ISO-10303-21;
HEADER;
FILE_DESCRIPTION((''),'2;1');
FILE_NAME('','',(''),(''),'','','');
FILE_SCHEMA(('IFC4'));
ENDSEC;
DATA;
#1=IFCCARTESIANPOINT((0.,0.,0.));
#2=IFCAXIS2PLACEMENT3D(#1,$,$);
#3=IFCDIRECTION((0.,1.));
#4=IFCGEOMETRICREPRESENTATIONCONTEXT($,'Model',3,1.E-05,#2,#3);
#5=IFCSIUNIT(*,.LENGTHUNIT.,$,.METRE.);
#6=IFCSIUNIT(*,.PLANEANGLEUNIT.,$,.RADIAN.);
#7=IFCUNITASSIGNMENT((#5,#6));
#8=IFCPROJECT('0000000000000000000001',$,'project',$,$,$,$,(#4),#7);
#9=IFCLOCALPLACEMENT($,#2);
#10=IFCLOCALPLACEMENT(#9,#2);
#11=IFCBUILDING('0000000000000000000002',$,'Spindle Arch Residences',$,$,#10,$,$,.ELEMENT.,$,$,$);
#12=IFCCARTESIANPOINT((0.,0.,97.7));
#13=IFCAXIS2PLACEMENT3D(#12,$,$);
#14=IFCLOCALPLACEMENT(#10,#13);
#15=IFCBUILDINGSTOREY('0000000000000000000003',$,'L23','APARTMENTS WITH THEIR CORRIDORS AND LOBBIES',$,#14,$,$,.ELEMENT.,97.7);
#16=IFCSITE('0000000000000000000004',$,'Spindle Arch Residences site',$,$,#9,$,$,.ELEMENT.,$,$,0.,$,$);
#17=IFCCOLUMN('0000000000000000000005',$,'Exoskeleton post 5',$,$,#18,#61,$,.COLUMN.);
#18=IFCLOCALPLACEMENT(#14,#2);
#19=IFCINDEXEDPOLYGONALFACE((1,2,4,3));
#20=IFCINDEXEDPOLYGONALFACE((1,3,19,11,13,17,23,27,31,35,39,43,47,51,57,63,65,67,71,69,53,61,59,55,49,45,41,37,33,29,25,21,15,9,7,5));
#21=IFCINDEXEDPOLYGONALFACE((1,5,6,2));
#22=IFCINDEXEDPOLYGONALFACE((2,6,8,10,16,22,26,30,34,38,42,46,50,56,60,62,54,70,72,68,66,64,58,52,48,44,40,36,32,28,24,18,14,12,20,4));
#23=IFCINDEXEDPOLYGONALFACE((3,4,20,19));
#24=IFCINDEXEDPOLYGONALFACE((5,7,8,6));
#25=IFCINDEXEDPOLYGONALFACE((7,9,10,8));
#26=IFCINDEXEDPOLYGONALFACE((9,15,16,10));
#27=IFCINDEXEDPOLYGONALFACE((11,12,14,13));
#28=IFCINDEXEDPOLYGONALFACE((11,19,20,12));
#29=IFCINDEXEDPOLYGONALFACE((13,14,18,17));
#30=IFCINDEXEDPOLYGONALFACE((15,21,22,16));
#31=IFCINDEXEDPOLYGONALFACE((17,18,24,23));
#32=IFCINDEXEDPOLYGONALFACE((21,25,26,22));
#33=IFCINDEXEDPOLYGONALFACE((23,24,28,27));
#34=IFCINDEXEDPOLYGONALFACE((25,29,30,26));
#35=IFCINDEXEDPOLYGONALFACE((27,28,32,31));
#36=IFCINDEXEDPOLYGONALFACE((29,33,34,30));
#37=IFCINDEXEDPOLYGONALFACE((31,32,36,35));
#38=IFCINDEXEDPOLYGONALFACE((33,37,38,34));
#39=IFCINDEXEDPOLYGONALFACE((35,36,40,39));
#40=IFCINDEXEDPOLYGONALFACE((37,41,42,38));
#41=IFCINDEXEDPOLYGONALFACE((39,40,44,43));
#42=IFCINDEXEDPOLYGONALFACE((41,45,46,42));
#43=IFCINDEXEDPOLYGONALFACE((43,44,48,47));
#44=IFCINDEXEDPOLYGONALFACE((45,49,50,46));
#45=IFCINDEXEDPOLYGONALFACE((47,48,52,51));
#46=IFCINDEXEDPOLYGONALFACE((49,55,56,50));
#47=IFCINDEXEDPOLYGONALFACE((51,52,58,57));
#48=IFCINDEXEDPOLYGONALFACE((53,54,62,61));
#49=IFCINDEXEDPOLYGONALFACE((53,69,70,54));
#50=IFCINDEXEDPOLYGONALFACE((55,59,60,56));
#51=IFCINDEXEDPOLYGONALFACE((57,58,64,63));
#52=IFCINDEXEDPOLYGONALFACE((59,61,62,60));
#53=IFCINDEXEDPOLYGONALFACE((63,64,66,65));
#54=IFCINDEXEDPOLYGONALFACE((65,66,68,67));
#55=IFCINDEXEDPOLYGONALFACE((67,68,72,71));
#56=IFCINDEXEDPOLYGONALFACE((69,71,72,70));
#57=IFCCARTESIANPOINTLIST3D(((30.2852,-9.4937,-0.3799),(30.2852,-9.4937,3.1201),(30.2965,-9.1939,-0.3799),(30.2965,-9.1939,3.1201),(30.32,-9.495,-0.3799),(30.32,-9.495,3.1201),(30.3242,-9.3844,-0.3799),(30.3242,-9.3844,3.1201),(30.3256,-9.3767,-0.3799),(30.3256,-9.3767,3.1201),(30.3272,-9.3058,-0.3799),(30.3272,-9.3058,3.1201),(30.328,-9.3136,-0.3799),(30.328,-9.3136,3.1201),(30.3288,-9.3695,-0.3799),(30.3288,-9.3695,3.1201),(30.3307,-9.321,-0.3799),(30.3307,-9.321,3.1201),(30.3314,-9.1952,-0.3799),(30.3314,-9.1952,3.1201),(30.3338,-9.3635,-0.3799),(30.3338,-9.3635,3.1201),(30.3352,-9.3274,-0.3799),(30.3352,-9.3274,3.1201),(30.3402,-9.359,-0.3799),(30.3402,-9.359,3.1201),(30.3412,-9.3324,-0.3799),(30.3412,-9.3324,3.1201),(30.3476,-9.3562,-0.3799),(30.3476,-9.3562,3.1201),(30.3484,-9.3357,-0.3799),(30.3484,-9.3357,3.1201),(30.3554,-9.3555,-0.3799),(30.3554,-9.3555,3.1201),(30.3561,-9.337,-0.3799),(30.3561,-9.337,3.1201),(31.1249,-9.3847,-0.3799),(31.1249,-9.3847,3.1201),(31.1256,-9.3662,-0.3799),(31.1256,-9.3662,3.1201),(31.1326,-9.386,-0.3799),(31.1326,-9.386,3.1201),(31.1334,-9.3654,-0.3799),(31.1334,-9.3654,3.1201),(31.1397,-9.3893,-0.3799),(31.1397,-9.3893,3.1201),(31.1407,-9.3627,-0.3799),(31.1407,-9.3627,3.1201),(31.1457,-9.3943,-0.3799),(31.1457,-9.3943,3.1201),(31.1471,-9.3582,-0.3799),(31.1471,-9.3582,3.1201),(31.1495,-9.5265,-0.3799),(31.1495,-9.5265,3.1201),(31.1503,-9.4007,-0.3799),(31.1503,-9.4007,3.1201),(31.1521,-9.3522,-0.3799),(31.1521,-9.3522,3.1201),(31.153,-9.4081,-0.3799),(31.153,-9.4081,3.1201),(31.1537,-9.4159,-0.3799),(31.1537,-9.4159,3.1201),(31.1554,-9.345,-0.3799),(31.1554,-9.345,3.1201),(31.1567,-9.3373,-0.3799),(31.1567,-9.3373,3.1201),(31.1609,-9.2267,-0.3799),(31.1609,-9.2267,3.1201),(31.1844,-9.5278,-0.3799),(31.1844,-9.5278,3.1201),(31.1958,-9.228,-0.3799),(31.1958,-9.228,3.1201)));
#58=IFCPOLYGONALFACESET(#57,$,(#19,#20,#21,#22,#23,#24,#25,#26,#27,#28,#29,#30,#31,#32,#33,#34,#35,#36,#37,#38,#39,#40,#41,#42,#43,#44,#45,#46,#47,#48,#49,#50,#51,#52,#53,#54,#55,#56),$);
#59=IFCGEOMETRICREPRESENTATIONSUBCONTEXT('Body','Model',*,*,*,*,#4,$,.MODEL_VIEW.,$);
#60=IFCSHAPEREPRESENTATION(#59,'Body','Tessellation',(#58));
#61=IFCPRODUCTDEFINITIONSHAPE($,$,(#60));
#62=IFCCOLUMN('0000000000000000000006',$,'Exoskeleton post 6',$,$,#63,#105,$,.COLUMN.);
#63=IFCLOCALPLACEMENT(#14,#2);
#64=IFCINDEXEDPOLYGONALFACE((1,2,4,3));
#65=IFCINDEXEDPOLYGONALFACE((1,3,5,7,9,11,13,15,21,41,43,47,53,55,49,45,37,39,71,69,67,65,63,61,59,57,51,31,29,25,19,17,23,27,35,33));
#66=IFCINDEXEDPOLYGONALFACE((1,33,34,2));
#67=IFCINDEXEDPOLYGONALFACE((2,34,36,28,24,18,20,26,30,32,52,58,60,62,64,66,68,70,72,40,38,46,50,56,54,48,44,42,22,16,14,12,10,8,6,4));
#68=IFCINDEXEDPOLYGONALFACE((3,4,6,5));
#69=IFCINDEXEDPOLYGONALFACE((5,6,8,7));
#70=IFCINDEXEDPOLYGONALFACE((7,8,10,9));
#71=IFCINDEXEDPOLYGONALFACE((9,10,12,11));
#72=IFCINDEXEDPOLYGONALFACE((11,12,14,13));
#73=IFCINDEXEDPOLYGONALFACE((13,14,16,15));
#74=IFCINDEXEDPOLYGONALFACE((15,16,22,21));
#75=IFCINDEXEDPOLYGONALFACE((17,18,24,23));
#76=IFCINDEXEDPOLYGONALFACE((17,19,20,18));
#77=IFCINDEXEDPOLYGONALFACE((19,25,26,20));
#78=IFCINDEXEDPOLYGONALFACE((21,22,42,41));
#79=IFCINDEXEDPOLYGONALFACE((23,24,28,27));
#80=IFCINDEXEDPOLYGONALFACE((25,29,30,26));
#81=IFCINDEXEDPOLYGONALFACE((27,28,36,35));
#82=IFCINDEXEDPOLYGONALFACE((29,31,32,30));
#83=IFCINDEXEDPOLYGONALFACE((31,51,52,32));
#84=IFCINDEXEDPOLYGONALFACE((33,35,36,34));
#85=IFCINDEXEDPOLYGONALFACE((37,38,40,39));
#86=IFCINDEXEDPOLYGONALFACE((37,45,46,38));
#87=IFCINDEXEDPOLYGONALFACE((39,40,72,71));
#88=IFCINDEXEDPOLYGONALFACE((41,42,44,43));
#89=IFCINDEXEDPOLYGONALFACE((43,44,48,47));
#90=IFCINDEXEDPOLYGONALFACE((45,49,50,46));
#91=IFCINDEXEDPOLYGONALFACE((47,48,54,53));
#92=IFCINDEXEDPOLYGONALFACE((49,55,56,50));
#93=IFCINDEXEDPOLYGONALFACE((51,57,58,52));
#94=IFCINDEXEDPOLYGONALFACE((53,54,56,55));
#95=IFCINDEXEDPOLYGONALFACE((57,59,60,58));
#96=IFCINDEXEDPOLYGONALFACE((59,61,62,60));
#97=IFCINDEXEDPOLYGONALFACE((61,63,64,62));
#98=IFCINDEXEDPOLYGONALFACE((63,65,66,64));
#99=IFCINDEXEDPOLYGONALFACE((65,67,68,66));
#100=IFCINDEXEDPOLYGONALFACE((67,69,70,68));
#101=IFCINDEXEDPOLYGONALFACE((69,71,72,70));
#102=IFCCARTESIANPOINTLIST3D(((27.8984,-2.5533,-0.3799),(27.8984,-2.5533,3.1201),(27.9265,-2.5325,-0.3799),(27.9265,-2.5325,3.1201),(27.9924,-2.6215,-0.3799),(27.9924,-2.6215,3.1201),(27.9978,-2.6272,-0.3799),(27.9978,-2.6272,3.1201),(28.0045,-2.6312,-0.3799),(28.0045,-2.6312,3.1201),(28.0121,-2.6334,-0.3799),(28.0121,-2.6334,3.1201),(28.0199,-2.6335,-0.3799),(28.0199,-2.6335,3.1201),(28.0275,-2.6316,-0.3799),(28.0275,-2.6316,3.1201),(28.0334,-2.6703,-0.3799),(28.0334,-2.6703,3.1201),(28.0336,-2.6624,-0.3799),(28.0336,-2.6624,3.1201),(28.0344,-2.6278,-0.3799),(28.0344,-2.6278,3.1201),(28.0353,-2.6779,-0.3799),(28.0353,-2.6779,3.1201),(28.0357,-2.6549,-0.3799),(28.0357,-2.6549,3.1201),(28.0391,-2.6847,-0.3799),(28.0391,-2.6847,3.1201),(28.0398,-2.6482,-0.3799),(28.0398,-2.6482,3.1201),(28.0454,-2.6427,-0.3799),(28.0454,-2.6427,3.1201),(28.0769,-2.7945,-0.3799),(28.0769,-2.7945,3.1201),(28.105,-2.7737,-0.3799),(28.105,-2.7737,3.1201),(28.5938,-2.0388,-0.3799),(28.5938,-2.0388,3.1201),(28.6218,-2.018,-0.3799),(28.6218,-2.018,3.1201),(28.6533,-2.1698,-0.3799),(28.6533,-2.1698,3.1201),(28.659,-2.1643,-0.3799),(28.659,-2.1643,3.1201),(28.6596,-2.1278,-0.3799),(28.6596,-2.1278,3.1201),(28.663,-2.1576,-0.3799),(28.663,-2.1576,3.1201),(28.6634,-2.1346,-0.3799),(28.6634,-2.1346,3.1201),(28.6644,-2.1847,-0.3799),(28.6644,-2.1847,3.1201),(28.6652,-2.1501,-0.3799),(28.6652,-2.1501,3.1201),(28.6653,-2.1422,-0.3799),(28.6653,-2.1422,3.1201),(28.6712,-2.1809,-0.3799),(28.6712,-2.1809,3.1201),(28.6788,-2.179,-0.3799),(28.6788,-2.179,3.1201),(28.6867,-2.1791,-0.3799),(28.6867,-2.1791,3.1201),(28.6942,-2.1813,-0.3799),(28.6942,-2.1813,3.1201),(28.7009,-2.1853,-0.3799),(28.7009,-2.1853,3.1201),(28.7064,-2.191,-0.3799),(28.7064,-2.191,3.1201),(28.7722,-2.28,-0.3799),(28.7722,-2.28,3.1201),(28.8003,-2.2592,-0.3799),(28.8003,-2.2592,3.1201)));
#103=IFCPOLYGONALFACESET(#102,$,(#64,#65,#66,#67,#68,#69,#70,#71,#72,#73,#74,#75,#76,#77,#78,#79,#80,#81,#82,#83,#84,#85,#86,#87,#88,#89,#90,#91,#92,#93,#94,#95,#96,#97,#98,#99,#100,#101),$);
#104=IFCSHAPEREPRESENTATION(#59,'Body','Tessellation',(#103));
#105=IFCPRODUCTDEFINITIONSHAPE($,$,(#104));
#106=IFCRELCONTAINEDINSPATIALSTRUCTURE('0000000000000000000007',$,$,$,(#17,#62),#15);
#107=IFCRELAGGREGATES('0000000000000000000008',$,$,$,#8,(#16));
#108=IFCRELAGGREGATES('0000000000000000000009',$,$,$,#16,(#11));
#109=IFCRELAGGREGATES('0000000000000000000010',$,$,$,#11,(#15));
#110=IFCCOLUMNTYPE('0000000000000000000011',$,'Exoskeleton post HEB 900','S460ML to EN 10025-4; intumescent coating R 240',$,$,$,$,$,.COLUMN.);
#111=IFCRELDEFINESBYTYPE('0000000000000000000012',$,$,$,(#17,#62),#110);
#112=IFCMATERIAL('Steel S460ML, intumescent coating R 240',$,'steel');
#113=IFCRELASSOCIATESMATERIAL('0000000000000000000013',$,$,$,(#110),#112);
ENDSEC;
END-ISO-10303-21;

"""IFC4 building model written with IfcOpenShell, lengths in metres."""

from ifc_helpers import new_model, si_unit, direction, frame, origin, origin_2d, place, context, subcontext, project, spatial, i_section, extrude, material, material_profile, profile_set, type_object, element, save


model = new_model("IFC4")

# Units and contexts
model_context = context("Model", 3, precision=1e-05, world=origin(), true_north=direction((0.0, 1.0)))
body_context = subcontext(model_context, "Body", "Model", "MODEL_VIEW")
ifc_project = project(units=[si_unit("LENGTHUNIT", "METRE"), si_unit("PLANEANGLEUNIT", "RADIAN")], contexts=[model_context])

# Site, building, storey
site_placement = place(None, origin())
site = spatial("IfcSite", under=ifc_project, at=site_placement, Name="Spindle Arch Residences site", CompositionType="ELEMENT", RefElevation=0.0)
building_placement = place(site_placement, origin())
building = spatial("IfcBuilding", under=site, at=building_placement, Name="Spindle Arch Residences", CompositionType="ELEMENT")
storey_placement = place(building_placement, frame((0.0, 0.0, 97.7)))
storey = spatial("IfcBuildingStorey", under=building, at=storey_placement, Name="L23", Description="APARTMENTS WITH THEIR CORRIDORS AND LOBBIES", CompositionType="ELEMENT", Elevation=97.7)

# Columns
ifc_material_1 = material(Name="Steel S460ML, intumescent coating R 240", Category="steel")
ifc_material_profile_1 = material_profile(ifc_material_1, i_section(OverallWidth=0.3, OverallDepth=0.8999, WebThickness=0.0186, FlangeThickness=0.0349, FilletRadius=0.03, at=origin_2d()), Name="HEB 900")
ifc_profile_set_1 = profile_set([ifc_material_profile_1], Name="Steel S460ML, intumescent coating R 240")
column_type_1 = type_object("IfcColumnType", Name="Exoskeleton post HEB 900", Description="S460ML to EN 10025-4; intumescent coating R 240", PredefinedType="COLUMN", material=ifc_profile_set_1)
for number, where, z_axis, x_axis, name in (
    (1, (30.7405, -9.3608, -0.3799), (0.0, 0.0, 1.0), (-0.037924, -0.999281, 0.0), "Exoskeleton post 5"),
    (2, (28.3494, -2.4062, -0.3799), (0.0, 0.0, 1.0), (0.594823, -0.803857, 0.0), "Exoskeleton post 6"),
):
    element("IfcColumn", number, at=place(storey_placement, frame(where, z_axis=z_axis, x_axis=x_axis)), inside=storey, type_object=column_type_1, Name=name, PredefinedType="COLUMN", context=body_context, shape_type="SweptSolid", body=[
        extrude(i_section(OverallWidth=0.3, OverallDepth=0.8999, WebThickness=0.0186, FlangeThickness=0.0349, FilletRadius=0.03, at=origin_2d()), origin(), (0.0, 0.0, 1.0), 3.5),
    ])

save(model, "model.ifc")
